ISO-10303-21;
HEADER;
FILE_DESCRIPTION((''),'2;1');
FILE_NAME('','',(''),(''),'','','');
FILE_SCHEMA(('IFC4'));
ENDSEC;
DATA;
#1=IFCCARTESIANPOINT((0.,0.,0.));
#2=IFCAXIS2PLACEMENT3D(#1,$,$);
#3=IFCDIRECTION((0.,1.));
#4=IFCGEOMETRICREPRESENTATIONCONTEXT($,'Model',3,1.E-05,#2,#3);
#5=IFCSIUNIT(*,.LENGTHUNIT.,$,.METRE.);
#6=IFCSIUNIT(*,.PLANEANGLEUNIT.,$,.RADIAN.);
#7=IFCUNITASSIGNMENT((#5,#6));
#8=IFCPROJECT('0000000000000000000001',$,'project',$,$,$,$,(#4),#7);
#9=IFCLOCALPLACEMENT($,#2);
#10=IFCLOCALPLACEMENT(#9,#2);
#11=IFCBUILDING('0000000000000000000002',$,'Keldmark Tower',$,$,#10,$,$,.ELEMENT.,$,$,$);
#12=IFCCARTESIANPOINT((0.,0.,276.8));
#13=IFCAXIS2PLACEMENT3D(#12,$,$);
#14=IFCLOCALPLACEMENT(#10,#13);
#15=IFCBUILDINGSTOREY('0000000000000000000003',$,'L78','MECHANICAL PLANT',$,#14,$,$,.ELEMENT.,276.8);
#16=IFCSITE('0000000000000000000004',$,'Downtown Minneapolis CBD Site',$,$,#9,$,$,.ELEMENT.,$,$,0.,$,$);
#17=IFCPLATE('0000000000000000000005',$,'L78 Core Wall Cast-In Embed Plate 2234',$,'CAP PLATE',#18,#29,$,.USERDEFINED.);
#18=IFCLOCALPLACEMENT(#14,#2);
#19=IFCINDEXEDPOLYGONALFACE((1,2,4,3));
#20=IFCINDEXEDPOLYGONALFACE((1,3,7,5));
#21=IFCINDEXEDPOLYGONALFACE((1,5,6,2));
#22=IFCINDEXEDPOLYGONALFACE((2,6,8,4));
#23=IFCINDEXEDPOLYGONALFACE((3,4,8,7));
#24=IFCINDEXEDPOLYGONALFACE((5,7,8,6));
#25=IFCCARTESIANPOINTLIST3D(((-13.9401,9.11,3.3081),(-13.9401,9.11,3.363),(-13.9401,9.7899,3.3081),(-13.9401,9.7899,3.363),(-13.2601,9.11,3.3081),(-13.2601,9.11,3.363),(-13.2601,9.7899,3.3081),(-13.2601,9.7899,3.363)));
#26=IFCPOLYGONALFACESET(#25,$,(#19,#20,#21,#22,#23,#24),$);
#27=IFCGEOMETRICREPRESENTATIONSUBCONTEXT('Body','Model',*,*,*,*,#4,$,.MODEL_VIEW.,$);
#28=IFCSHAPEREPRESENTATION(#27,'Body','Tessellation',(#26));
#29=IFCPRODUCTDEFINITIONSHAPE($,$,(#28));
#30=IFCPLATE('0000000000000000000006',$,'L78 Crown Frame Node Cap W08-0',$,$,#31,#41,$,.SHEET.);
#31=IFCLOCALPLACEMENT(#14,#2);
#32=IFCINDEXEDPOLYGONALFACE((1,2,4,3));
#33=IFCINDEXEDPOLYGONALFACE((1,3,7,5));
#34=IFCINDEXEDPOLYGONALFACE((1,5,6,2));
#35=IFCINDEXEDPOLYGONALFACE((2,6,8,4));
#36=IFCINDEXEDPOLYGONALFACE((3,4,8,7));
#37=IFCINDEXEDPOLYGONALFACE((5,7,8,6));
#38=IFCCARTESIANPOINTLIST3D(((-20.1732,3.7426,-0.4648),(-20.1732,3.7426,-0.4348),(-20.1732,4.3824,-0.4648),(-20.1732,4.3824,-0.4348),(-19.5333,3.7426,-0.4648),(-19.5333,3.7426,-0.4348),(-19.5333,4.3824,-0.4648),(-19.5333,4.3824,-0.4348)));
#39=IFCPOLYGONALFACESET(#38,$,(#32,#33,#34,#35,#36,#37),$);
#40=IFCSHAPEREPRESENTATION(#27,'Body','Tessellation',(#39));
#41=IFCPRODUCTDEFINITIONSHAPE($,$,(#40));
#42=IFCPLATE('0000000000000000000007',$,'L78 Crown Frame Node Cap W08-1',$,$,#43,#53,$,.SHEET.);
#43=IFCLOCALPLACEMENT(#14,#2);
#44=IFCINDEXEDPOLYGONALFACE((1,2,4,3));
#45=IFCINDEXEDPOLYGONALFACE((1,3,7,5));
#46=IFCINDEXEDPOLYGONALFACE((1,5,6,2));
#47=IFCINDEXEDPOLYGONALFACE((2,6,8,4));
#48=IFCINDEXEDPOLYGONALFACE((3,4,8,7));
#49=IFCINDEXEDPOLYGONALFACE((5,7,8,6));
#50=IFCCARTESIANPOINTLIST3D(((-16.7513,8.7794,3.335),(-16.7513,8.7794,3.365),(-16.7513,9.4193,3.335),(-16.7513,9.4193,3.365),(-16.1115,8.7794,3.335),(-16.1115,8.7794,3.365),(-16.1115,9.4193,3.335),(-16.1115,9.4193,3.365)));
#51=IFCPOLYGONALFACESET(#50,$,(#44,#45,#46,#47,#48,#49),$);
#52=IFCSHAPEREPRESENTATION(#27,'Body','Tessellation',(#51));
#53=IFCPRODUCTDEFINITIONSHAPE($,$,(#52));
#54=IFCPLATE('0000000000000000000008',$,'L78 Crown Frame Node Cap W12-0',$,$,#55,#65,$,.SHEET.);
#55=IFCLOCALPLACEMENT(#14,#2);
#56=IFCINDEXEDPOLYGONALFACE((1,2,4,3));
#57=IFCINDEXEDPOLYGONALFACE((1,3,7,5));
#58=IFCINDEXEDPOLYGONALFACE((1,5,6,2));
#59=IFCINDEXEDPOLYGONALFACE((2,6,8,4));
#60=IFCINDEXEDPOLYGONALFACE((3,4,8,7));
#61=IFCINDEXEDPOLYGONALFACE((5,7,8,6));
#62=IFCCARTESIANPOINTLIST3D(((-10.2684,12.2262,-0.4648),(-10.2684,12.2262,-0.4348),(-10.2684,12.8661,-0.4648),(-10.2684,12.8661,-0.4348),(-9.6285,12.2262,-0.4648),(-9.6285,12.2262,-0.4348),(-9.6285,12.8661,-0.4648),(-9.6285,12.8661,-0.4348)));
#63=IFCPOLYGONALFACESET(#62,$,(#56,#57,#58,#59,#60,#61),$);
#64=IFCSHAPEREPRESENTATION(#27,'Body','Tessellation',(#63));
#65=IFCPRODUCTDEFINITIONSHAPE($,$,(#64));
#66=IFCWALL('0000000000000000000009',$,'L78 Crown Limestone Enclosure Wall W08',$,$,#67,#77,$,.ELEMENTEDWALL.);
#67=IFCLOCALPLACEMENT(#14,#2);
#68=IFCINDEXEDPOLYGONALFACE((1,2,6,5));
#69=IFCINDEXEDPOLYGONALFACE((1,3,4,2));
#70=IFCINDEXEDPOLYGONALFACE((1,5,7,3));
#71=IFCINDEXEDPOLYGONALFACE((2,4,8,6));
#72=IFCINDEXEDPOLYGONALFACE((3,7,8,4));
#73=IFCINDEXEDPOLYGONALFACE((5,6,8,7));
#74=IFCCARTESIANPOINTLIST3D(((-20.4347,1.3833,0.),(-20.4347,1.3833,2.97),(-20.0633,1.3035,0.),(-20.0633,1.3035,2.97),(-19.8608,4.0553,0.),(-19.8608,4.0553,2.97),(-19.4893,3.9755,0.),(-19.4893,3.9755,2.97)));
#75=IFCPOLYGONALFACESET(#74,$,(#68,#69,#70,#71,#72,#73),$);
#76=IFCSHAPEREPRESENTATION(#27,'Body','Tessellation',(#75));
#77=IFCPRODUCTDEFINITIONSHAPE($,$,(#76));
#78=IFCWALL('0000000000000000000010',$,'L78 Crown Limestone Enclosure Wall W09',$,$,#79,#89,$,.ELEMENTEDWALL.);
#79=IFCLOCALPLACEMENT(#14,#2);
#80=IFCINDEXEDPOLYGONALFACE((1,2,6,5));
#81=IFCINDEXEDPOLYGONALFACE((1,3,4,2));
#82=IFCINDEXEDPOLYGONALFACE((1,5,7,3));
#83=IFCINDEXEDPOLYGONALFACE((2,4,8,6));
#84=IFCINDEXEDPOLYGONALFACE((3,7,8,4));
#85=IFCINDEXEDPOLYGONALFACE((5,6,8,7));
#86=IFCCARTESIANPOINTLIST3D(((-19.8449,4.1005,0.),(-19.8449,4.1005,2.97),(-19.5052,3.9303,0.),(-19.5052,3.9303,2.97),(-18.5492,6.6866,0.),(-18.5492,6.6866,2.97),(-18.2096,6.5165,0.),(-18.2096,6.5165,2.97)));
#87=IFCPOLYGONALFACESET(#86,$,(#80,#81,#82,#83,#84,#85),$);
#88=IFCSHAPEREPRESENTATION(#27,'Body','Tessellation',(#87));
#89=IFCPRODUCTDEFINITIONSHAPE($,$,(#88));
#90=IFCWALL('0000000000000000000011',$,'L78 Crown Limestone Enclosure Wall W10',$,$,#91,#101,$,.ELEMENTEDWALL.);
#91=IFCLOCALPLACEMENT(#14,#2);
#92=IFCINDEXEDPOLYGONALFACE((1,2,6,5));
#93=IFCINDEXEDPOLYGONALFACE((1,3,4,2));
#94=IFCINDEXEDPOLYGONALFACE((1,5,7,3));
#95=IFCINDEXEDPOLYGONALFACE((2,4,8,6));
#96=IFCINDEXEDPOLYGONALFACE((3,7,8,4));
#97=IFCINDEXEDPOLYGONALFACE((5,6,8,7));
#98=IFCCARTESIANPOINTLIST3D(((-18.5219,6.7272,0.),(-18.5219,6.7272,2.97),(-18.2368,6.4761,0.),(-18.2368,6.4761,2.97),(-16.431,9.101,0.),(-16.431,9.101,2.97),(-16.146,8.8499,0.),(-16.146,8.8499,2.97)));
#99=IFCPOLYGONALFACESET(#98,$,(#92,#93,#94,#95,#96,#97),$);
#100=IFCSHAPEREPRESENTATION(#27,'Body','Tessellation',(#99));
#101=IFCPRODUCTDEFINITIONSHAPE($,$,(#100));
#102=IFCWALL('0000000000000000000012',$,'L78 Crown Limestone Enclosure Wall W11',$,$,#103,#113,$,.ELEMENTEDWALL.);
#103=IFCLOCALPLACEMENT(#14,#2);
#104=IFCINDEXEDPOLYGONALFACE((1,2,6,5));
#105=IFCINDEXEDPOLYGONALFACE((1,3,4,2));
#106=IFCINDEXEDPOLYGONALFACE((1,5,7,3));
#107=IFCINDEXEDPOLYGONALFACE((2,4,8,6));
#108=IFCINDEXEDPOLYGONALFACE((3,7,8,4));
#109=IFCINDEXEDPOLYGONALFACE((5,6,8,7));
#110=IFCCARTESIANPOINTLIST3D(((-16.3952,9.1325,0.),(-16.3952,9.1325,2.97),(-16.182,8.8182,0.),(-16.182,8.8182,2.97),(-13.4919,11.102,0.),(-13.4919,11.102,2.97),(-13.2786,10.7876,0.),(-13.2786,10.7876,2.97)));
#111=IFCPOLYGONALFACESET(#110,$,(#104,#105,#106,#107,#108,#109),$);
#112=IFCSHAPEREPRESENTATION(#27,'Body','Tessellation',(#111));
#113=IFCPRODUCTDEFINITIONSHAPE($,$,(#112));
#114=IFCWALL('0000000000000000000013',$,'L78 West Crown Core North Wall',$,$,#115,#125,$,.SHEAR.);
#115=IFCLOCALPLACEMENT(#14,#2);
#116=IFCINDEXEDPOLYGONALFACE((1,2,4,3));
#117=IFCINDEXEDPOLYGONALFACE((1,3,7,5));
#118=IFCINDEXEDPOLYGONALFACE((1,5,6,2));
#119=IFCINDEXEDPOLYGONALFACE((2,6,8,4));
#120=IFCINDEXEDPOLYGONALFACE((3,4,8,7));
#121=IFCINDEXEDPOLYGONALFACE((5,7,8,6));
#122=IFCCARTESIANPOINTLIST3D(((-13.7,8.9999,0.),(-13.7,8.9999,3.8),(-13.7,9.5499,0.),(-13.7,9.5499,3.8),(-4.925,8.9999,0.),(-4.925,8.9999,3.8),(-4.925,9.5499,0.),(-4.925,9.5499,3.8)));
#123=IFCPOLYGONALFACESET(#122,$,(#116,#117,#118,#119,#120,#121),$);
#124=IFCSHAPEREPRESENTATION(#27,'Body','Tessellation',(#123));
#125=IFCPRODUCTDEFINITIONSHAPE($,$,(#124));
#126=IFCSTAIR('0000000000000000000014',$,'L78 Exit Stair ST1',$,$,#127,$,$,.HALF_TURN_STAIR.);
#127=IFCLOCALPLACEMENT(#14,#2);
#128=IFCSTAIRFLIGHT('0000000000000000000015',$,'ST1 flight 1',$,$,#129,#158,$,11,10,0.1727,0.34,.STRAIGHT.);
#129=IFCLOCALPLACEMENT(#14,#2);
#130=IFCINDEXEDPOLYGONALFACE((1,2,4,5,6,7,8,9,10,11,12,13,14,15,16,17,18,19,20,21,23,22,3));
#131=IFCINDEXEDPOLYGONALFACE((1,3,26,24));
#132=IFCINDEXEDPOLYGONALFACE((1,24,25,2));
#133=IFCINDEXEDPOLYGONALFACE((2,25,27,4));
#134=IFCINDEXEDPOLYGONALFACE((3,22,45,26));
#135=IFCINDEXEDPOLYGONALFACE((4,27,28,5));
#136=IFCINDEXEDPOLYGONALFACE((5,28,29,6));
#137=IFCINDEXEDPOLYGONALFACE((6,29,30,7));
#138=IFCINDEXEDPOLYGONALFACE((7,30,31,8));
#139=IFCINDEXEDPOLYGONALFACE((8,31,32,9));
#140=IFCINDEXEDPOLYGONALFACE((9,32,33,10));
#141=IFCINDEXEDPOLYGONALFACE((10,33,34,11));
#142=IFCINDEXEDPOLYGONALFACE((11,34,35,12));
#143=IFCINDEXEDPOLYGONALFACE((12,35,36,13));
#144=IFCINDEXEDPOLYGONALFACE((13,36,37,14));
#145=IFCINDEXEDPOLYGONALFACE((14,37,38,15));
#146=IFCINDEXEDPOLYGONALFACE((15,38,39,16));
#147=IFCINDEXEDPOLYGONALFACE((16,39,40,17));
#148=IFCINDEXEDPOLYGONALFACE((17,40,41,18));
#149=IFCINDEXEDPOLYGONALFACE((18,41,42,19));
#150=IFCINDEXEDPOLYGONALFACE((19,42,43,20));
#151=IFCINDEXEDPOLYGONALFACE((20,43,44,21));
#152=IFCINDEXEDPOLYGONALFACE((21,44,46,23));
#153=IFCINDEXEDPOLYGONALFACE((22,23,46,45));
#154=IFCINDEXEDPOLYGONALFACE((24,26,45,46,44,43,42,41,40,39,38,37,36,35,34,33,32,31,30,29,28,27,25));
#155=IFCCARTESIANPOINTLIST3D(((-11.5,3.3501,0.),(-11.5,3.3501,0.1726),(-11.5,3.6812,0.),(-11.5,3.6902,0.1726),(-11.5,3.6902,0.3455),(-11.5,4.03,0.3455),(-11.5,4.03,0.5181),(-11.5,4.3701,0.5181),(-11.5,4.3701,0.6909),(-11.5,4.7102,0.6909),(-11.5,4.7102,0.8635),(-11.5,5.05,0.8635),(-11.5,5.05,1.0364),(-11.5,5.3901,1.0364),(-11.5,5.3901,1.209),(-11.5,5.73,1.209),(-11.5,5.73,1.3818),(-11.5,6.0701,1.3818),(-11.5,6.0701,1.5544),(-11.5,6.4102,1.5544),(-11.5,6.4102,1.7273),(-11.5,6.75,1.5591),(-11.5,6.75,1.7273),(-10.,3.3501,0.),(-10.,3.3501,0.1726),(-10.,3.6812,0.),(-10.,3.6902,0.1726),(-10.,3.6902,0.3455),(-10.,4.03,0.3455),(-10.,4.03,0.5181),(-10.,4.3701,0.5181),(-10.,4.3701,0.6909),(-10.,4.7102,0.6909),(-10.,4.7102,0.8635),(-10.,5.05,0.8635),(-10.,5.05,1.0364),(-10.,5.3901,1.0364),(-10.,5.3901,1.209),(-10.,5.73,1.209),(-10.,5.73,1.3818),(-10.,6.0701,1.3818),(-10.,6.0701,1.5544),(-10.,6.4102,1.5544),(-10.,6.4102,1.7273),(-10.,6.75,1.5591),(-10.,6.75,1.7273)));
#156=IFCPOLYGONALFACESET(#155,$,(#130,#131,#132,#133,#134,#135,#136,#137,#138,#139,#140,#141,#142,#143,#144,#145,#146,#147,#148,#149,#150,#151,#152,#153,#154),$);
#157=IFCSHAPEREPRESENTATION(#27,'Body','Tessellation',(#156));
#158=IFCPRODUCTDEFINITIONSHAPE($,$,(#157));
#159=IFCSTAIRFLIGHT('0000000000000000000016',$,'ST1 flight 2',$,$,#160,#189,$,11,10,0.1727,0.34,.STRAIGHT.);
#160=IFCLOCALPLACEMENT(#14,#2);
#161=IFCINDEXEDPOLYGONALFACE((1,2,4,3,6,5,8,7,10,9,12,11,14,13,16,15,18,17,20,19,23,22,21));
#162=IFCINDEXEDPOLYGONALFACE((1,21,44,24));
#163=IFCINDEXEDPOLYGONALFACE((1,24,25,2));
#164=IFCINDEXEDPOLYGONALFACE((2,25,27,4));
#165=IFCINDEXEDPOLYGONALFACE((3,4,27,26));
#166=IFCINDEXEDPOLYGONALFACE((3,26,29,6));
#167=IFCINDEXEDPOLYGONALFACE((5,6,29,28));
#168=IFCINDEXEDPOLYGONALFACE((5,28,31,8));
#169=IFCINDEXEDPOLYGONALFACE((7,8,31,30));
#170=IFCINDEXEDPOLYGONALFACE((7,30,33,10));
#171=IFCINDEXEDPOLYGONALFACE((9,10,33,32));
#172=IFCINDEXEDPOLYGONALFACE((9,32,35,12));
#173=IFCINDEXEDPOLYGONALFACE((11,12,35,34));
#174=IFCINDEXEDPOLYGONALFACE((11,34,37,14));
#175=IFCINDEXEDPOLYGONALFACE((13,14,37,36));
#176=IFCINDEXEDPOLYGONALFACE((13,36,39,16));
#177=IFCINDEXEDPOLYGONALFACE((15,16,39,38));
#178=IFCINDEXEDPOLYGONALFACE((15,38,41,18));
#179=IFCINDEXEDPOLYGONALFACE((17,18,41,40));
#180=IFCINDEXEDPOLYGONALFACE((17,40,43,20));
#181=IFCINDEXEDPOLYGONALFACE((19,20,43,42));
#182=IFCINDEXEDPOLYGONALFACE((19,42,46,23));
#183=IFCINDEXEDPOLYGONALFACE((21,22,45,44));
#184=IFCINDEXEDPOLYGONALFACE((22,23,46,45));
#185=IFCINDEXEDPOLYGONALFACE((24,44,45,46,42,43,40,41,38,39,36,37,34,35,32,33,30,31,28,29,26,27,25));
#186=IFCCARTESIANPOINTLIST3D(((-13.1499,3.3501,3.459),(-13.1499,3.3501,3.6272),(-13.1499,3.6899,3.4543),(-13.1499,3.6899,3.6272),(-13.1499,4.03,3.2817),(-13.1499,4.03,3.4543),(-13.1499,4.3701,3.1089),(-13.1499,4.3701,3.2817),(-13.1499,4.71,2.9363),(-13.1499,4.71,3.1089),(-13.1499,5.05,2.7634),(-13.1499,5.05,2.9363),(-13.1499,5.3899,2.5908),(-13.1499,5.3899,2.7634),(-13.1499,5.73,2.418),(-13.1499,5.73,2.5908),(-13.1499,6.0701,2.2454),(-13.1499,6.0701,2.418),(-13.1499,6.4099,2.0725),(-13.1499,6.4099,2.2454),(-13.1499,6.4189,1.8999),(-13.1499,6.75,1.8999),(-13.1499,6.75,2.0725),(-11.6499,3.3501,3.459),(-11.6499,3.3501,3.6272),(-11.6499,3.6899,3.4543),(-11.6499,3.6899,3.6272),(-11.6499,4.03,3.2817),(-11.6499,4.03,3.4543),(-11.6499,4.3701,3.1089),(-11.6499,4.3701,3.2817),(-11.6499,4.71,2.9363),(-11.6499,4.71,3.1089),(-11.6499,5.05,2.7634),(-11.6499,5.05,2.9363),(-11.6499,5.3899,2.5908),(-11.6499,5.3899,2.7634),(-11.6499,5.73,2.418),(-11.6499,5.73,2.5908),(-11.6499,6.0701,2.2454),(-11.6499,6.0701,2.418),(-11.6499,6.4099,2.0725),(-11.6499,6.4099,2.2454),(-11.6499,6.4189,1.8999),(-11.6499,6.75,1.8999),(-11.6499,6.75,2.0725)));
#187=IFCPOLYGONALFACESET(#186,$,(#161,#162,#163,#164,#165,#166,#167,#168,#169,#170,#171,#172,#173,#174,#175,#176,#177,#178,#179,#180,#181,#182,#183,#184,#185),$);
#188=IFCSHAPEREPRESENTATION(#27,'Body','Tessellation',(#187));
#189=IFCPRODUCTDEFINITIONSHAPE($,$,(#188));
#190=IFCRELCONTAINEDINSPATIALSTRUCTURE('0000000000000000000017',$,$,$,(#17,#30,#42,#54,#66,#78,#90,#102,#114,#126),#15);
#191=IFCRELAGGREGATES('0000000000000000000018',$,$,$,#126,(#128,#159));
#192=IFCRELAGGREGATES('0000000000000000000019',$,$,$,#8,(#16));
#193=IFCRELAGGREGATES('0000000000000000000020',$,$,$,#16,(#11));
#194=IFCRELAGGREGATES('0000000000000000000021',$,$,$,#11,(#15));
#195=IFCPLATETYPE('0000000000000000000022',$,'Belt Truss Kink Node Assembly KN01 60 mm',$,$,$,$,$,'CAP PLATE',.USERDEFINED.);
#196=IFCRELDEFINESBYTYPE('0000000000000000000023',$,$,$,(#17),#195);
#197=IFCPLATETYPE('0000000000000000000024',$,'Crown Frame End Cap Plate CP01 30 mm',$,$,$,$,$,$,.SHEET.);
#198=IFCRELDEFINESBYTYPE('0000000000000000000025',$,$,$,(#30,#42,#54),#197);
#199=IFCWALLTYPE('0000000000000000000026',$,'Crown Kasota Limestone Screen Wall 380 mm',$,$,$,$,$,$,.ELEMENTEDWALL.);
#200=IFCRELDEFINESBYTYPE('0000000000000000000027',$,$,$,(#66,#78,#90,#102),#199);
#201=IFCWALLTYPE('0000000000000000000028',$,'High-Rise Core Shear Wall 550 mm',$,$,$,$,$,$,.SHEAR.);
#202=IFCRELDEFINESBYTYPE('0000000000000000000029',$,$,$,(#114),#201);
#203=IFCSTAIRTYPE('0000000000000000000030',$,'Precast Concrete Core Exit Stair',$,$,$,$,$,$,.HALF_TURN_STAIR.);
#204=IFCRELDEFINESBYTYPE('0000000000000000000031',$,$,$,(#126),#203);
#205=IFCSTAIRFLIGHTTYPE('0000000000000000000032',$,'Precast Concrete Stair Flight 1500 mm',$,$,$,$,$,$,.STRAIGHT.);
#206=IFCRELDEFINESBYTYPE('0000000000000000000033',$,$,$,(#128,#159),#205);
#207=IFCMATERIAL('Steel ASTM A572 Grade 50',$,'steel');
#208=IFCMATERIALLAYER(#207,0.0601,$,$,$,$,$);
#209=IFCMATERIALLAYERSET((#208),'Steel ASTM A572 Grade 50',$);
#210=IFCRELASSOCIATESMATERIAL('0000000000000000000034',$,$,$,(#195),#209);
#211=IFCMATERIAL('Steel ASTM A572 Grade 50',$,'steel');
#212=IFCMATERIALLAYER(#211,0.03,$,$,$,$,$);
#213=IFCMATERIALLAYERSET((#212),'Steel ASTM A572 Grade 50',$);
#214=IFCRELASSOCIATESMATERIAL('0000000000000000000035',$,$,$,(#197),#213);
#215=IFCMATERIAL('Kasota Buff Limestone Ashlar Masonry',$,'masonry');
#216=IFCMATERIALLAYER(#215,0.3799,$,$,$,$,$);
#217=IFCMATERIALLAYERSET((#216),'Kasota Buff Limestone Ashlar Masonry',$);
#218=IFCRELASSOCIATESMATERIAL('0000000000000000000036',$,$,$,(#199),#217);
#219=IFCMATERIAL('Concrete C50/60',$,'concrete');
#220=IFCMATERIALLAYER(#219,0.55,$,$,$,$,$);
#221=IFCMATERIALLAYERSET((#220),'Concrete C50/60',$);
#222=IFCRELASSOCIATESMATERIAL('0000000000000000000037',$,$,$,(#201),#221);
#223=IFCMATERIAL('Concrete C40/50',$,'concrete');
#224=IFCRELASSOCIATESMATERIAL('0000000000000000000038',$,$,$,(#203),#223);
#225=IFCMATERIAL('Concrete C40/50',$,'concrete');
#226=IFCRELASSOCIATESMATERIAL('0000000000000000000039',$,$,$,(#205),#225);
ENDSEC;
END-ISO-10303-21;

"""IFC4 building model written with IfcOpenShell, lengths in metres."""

from ifc_helpers import new_model, si_unit, direction, frame, frame_2d, origin, origin_2d, place, context, subcontext, project, spatial, polyline, rectangle, outline, extrude, material, layer, layer_set, type_object, element, aggregate, save


model = new_model("IFC4")

# Units and contexts
model_context = context("Model", 3, precision=1e-05, world=origin(), true_north=direction((0.0, 1.0)))
body_context = subcontext(model_context, "Body", "Model", "MODEL_VIEW")
ifc_project = project(units=[si_unit("LENGTHUNIT", "METRE"), si_unit("PLANEANGLEUNIT", "RADIAN")], contexts=[model_context])

# Site, building, storey
site_placement = place(None, origin())
site = spatial("IfcSite", under=ifc_project, at=site_placement, Name="Downtown Minneapolis CBD Site", CompositionType="ELEMENT", RefElevation=0.0)
building_placement = place(site_placement, origin())
building = spatial("IfcBuilding", under=site, at=building_placement, Name="Keldmark Tower", CompositionType="ELEMENT")
storey_placement = place(building_placement, frame((0.0, 0.0, 276.8)))
storey = spatial("IfcBuildingStorey", under=building, at=storey_placement, Name="L78", Description="MECHANICAL PLANT", CompositionType="ELEMENT", Elevation=276.8)

# Plates
ifc_material_1 = material(Name="Steel ASTM A572 Grade 50", Category="steel")
ifc_layer_1 = layer(ifc_material_1, 0.0601)
ifc_layer_set_1 = layer_set([ifc_layer_1], Name="Steel ASTM A572 Grade 50")
plate_type_1 = type_object("IfcPlateType", Name="Belt Truss Kink Node Assembly KN01 60 mm", ElementType="CAP PLATE", PredefinedType="USERDEFINED", material=ifc_layer_set_1)
for number, where, z_axis, x_axis, name in (
    (1, (-13.6001, 9.45, 3.3081), (0.0, 0.0, 1.0), (1.0, 0.0, 0.0), "L78 Core Wall Cast-In Embed Plate 2234"),
):
    element("IfcPlate", number, at=place(storey_placement, frame(where, z_axis=z_axis, x_axis=x_axis)), inside=storey, type_object=plate_type_1, Name=name, ObjectType="CAP PLATE", PredefinedType="USERDEFINED", context=body_context, shape_type="SweptSolid", body=[
        extrude(rectangle(XDim=0.6799, YDim=0.6799, at=origin_2d()), origin(), (0.0, 0.0, 1.0), 0.0549),
    ])
ifc_material_2 = material(Name="Steel ASTM A572 Grade 50", Category="steel")
ifc_layer_2 = layer(ifc_material_2, 0.03)
ifc_layer_set_2 = layer_set([ifc_layer_2], Name="Steel ASTM A572 Grade 50")
plate_type_2 = type_object("IfcPlateType", Name="Crown Frame End Cap Plate CP01 30 mm", PredefinedType="SHEET", material=ifc_layer_set_2)
for number, where, z_axis, x_axis, name in (
    (2, (-19.8533, 4.0625, -0.4648), (0.0, 0.0, 1.0), (1.0, 0.0, 0.0), "L78 Crown Frame Node Cap W08-0"),
    (3, (-16.4314, 9.0994, 3.335), (0.0, 0.0, 1.0), (1.0, 0.0, 0.0), "L78 Crown Frame Node Cap W08-1"),
    (4, (-9.9485, 12.5461, -0.4648), (0.0, 0.0, 1.0), (1.0, 0.0, 0.0), "L78 Crown Frame Node Cap W12-0"),
):
    element("IfcPlate", number, at=place(storey_placement, frame(where, z_axis=z_axis, x_axis=x_axis)), inside=storey, type_object=plate_type_2, Name=name, PredefinedType="SHEET", context=body_context, shape_type="SweptSolid", body=[
        extrude(rectangle(XDim=0.6399, YDim=0.6399, at=origin_2d()), origin(), (0.0, 0.0, 1.0), 0.03),
    ])

# Walls
ifc_material_3 = material(Name="Kasota Buff Limestone Ashlar Masonry", Category="masonry")
ifc_layer_3 = layer(ifc_material_3, 0.3799)
ifc_layer_set_3 = layer_set([ifc_layer_3], Name="Kasota Buff Limestone Ashlar Masonry")
wall_type_1 = type_object("IfcWallType", Name="Crown Kasota Limestone Screen Wall 380 mm", PredefinedType="ELEMENTEDWALL", material=ifc_layer_set_3)
wall_1_placement = place(storey_placement, frame((-19.675, 4.0154, 0.0), z_axis=(0.0, 0.0, 1.0), x_axis=(-0.210029, -0.977695, 0.0)))
element("IfcWall", 5, at=wall_1_placement, inside=storey, type_object=wall_type_1, Name="L78 Crown Limestone Enclosure Wall W08", PredefinedType="ELEMENTEDWALL", context=body_context, shape_type="SweptSolid", body=[
    extrude(rectangle(XDim=2.7329, YDim=0.3799, at=frame_2d((1.3665, 0.0))), origin(), (0.0, 0.0, 1.0), 2.97),
])
wall_2_placement = place(storey_placement, frame((-18.3794, 6.6016, 0.0), z_axis=(0.0, 0.0, 1.0), x_axis=(-0.447922, -0.894072, 0.0)))
element("IfcWall", 6, at=wall_2_placement, inside=storey, type_object=wall_type_1, Name="L78 Crown Limestone Enclosure Wall W09", PredefinedType="ELEMENTEDWALL", context=body_context, shape_type="SweptSolid", body=[
    extrude(rectangle(XDim=2.8926, YDim=0.3799, at=frame_2d((1.4463, 0.0))), origin(), (0.0, 0.0, 1.0), 2.97),
])
wall_3_placement = place(storey_placement, frame((-16.2886, 8.9753, 0.0), z_axis=(0.0, 0.0, 1.0), x_axis=(-0.660965, -0.750416, 0.0)))
element("IfcWall", 7, at=wall_3_placement, inside=storey, type_object=wall_type_1, Name="L78 Crown Limestone Enclosure Wall W10", PredefinedType="ELEMENTEDWALL", context=body_context, shape_type="SweptSolid", body=[
    extrude(rectangle(XDim=3.1633, YDim=0.3799, at=frame_2d((1.5815, 0.0))), origin(), (0.0, 0.0, 1.0), 2.97),
])
wall_4_placement = place(storey_placement, frame((-13.3853, 10.9448, 0.0), z_axis=(0.0, 0.0, 1.0), x_axis=(-0.827559, -0.561379, 0.0)))
element("IfcWall", 8, at=wall_4_placement, inside=storey, type_object=wall_type_1, Name="L78 Crown Limestone Enclosure Wall W11", PredefinedType="ELEMENTEDWALL", context=body_context, shape_type="SweptSolid", body=[
    extrude(rectangle(XDim=3.5083, YDim=0.3799, at=frame_2d((1.7542, 0.0))), origin(), (0.0, 0.0, 1.0), 2.97),
])
ifc_material_4 = material(Name="Concrete C50/60", Category="concrete")
ifc_layer_4 = layer(ifc_material_4, 0.55)
ifc_layer_set_4 = layer_set([ifc_layer_4], Name="Concrete C50/60")
wall_type_2 = type_object("IfcWallType", Name="High-Rise Core Shear Wall 550 mm", PredefinedType="SHEAR", material=ifc_layer_set_4)
wall_5_placement = place(storey_placement, frame((-13.7, 9.2749, 0.0), z_axis=(0.0, 0.0, 1.0), x_axis=(1.0, 0.0, 0.0)))
element("IfcWall", 9, at=wall_5_placement, inside=storey, type_object=wall_type_2, Name="L78 West Crown Core North Wall", PredefinedType="SHEAR", context=body_context, shape_type="SweptSolid", body=[
    extrude(rectangle(XDim=8.7749, YDim=0.55, at=frame_2d((4.3875, 0.0))), origin(), (0.0, 0.0, 1.0), 3.8),
])

# Stair, stair flights
ifc_material_5 = material(Name="Concrete C40/50", Category="concrete")
stair_type = type_object("IfcStairType", Name="Precast Concrete Core Exit Stair", PredefinedType="HALF_TURN_STAIR", material=ifc_material_5)
stair_placement = place(storey_placement, origin())
stair = element("IfcStair", 10, at=stair_placement, inside=storey, type_object=stair_type, Name="L78 Exit Stair ST1", PredefinedType="HALF_TURN_STAIR")
ifc_material_6 = material(Name="Concrete C40/50", Category="concrete")
stair_flight_type = type_object("IfcStairFlightType", Name="Precast Concrete Stair Flight 1500 mm", PredefinedType="STRAIGHT", material=ifc_material_6)
stair_flight_1_placement = place(storey_placement, frame((-10.75, 3.3501, 0.0), z_axis=(0.0, 0.0, 1.0), x_axis=(0.0, 1.0, 0.0)))
stair_flight_1 = element("IfcStairFlight", 11, at=stair_flight_1_placement, type_object=stair_flight_type, Name="ST1 flight 1", NumberOfRisers=11, NumberOfTreads=10, PredefinedType="STRAIGHT", RiserHeight=0.1727, TreadLength=0.34, context=body_context, shape_type="SweptSolid", body=[
    extrude(outline(polyline([(0.0, 0.0), (0.0, 0.1726), (0.3401, 0.1726), (0.3401, 0.3455), (0.6799, 0.3455), (0.6799, 0.5181), (1.02, 0.5181), (1.02, 0.6909), (1.3601, 0.6909), (1.3601, 0.8635), (1.7, 0.8635), (1.7, 1.0364), (2.04, 1.0364), (2.04, 1.209), (2.3799, 1.209), (2.3799, 1.3818), (2.72, 1.3818), (2.72, 1.5544), (3.0601, 1.5544), (3.0601, 1.7273), (3.3999, 1.7273), (3.3999, 1.8999), (3.3999, 1.5591), (0.3311, 0.0), (0.0, 0.0)])), frame((0.0, 0.75, 0.0), z_axis=(0.0, -1.0, 0.0), x_axis=(1.0, 0.0, 0.0)), (0.0, 0.0, 1.0), 1.5),
])
stair_flight_2_placement = place(storey_placement, frame((-12.3999, 6.75, 1.8999), z_axis=(0.0, 0.0, 1.0), x_axis=(0.0, -1.0, 0.0)))
stair_flight_2 = element("IfcStairFlight", 12, at=stair_flight_2_placement, type_object=stair_flight_type, Name="ST1 flight 2", NumberOfRisers=11, NumberOfTreads=10, PredefinedType="STRAIGHT", RiserHeight=0.1727, TreadLength=0.34, context=body_context, shape_type="SweptSolid", body=[
    extrude(outline(polyline([(0.0, 0.0), (0.0, 0.1726), (0.3401, 0.1726), (0.3401, 0.3455), (0.6799, 0.3455), (0.6799, 0.5181), (1.02, 0.5181), (1.02, 0.6909), (1.3601, 0.6909), (1.3601, 0.8635), (1.7, 0.8635), (1.7, 1.0364), (2.04, 1.0364), (2.04, 1.209), (2.3799, 1.209), (2.3799, 1.3818), (2.72, 1.3818), (2.72, 1.5544), (3.0601, 1.5544), (3.0601, 1.7273), (3.3999, 1.7273), (3.3999, 1.8999), (3.3999, 1.5591), (0.3311, 0.0), (0.0, 0.0)])), frame((0.0, 0.75, 0.0), z_axis=(0.0, -1.0, 0.0), x_axis=(1.0, 0.0, 0.0)), (0.0, 0.0, 1.0), 1.5),
])
aggregate(stair, [stair_flight_1, stair_flight_2])

save(model, "model.ifc")
